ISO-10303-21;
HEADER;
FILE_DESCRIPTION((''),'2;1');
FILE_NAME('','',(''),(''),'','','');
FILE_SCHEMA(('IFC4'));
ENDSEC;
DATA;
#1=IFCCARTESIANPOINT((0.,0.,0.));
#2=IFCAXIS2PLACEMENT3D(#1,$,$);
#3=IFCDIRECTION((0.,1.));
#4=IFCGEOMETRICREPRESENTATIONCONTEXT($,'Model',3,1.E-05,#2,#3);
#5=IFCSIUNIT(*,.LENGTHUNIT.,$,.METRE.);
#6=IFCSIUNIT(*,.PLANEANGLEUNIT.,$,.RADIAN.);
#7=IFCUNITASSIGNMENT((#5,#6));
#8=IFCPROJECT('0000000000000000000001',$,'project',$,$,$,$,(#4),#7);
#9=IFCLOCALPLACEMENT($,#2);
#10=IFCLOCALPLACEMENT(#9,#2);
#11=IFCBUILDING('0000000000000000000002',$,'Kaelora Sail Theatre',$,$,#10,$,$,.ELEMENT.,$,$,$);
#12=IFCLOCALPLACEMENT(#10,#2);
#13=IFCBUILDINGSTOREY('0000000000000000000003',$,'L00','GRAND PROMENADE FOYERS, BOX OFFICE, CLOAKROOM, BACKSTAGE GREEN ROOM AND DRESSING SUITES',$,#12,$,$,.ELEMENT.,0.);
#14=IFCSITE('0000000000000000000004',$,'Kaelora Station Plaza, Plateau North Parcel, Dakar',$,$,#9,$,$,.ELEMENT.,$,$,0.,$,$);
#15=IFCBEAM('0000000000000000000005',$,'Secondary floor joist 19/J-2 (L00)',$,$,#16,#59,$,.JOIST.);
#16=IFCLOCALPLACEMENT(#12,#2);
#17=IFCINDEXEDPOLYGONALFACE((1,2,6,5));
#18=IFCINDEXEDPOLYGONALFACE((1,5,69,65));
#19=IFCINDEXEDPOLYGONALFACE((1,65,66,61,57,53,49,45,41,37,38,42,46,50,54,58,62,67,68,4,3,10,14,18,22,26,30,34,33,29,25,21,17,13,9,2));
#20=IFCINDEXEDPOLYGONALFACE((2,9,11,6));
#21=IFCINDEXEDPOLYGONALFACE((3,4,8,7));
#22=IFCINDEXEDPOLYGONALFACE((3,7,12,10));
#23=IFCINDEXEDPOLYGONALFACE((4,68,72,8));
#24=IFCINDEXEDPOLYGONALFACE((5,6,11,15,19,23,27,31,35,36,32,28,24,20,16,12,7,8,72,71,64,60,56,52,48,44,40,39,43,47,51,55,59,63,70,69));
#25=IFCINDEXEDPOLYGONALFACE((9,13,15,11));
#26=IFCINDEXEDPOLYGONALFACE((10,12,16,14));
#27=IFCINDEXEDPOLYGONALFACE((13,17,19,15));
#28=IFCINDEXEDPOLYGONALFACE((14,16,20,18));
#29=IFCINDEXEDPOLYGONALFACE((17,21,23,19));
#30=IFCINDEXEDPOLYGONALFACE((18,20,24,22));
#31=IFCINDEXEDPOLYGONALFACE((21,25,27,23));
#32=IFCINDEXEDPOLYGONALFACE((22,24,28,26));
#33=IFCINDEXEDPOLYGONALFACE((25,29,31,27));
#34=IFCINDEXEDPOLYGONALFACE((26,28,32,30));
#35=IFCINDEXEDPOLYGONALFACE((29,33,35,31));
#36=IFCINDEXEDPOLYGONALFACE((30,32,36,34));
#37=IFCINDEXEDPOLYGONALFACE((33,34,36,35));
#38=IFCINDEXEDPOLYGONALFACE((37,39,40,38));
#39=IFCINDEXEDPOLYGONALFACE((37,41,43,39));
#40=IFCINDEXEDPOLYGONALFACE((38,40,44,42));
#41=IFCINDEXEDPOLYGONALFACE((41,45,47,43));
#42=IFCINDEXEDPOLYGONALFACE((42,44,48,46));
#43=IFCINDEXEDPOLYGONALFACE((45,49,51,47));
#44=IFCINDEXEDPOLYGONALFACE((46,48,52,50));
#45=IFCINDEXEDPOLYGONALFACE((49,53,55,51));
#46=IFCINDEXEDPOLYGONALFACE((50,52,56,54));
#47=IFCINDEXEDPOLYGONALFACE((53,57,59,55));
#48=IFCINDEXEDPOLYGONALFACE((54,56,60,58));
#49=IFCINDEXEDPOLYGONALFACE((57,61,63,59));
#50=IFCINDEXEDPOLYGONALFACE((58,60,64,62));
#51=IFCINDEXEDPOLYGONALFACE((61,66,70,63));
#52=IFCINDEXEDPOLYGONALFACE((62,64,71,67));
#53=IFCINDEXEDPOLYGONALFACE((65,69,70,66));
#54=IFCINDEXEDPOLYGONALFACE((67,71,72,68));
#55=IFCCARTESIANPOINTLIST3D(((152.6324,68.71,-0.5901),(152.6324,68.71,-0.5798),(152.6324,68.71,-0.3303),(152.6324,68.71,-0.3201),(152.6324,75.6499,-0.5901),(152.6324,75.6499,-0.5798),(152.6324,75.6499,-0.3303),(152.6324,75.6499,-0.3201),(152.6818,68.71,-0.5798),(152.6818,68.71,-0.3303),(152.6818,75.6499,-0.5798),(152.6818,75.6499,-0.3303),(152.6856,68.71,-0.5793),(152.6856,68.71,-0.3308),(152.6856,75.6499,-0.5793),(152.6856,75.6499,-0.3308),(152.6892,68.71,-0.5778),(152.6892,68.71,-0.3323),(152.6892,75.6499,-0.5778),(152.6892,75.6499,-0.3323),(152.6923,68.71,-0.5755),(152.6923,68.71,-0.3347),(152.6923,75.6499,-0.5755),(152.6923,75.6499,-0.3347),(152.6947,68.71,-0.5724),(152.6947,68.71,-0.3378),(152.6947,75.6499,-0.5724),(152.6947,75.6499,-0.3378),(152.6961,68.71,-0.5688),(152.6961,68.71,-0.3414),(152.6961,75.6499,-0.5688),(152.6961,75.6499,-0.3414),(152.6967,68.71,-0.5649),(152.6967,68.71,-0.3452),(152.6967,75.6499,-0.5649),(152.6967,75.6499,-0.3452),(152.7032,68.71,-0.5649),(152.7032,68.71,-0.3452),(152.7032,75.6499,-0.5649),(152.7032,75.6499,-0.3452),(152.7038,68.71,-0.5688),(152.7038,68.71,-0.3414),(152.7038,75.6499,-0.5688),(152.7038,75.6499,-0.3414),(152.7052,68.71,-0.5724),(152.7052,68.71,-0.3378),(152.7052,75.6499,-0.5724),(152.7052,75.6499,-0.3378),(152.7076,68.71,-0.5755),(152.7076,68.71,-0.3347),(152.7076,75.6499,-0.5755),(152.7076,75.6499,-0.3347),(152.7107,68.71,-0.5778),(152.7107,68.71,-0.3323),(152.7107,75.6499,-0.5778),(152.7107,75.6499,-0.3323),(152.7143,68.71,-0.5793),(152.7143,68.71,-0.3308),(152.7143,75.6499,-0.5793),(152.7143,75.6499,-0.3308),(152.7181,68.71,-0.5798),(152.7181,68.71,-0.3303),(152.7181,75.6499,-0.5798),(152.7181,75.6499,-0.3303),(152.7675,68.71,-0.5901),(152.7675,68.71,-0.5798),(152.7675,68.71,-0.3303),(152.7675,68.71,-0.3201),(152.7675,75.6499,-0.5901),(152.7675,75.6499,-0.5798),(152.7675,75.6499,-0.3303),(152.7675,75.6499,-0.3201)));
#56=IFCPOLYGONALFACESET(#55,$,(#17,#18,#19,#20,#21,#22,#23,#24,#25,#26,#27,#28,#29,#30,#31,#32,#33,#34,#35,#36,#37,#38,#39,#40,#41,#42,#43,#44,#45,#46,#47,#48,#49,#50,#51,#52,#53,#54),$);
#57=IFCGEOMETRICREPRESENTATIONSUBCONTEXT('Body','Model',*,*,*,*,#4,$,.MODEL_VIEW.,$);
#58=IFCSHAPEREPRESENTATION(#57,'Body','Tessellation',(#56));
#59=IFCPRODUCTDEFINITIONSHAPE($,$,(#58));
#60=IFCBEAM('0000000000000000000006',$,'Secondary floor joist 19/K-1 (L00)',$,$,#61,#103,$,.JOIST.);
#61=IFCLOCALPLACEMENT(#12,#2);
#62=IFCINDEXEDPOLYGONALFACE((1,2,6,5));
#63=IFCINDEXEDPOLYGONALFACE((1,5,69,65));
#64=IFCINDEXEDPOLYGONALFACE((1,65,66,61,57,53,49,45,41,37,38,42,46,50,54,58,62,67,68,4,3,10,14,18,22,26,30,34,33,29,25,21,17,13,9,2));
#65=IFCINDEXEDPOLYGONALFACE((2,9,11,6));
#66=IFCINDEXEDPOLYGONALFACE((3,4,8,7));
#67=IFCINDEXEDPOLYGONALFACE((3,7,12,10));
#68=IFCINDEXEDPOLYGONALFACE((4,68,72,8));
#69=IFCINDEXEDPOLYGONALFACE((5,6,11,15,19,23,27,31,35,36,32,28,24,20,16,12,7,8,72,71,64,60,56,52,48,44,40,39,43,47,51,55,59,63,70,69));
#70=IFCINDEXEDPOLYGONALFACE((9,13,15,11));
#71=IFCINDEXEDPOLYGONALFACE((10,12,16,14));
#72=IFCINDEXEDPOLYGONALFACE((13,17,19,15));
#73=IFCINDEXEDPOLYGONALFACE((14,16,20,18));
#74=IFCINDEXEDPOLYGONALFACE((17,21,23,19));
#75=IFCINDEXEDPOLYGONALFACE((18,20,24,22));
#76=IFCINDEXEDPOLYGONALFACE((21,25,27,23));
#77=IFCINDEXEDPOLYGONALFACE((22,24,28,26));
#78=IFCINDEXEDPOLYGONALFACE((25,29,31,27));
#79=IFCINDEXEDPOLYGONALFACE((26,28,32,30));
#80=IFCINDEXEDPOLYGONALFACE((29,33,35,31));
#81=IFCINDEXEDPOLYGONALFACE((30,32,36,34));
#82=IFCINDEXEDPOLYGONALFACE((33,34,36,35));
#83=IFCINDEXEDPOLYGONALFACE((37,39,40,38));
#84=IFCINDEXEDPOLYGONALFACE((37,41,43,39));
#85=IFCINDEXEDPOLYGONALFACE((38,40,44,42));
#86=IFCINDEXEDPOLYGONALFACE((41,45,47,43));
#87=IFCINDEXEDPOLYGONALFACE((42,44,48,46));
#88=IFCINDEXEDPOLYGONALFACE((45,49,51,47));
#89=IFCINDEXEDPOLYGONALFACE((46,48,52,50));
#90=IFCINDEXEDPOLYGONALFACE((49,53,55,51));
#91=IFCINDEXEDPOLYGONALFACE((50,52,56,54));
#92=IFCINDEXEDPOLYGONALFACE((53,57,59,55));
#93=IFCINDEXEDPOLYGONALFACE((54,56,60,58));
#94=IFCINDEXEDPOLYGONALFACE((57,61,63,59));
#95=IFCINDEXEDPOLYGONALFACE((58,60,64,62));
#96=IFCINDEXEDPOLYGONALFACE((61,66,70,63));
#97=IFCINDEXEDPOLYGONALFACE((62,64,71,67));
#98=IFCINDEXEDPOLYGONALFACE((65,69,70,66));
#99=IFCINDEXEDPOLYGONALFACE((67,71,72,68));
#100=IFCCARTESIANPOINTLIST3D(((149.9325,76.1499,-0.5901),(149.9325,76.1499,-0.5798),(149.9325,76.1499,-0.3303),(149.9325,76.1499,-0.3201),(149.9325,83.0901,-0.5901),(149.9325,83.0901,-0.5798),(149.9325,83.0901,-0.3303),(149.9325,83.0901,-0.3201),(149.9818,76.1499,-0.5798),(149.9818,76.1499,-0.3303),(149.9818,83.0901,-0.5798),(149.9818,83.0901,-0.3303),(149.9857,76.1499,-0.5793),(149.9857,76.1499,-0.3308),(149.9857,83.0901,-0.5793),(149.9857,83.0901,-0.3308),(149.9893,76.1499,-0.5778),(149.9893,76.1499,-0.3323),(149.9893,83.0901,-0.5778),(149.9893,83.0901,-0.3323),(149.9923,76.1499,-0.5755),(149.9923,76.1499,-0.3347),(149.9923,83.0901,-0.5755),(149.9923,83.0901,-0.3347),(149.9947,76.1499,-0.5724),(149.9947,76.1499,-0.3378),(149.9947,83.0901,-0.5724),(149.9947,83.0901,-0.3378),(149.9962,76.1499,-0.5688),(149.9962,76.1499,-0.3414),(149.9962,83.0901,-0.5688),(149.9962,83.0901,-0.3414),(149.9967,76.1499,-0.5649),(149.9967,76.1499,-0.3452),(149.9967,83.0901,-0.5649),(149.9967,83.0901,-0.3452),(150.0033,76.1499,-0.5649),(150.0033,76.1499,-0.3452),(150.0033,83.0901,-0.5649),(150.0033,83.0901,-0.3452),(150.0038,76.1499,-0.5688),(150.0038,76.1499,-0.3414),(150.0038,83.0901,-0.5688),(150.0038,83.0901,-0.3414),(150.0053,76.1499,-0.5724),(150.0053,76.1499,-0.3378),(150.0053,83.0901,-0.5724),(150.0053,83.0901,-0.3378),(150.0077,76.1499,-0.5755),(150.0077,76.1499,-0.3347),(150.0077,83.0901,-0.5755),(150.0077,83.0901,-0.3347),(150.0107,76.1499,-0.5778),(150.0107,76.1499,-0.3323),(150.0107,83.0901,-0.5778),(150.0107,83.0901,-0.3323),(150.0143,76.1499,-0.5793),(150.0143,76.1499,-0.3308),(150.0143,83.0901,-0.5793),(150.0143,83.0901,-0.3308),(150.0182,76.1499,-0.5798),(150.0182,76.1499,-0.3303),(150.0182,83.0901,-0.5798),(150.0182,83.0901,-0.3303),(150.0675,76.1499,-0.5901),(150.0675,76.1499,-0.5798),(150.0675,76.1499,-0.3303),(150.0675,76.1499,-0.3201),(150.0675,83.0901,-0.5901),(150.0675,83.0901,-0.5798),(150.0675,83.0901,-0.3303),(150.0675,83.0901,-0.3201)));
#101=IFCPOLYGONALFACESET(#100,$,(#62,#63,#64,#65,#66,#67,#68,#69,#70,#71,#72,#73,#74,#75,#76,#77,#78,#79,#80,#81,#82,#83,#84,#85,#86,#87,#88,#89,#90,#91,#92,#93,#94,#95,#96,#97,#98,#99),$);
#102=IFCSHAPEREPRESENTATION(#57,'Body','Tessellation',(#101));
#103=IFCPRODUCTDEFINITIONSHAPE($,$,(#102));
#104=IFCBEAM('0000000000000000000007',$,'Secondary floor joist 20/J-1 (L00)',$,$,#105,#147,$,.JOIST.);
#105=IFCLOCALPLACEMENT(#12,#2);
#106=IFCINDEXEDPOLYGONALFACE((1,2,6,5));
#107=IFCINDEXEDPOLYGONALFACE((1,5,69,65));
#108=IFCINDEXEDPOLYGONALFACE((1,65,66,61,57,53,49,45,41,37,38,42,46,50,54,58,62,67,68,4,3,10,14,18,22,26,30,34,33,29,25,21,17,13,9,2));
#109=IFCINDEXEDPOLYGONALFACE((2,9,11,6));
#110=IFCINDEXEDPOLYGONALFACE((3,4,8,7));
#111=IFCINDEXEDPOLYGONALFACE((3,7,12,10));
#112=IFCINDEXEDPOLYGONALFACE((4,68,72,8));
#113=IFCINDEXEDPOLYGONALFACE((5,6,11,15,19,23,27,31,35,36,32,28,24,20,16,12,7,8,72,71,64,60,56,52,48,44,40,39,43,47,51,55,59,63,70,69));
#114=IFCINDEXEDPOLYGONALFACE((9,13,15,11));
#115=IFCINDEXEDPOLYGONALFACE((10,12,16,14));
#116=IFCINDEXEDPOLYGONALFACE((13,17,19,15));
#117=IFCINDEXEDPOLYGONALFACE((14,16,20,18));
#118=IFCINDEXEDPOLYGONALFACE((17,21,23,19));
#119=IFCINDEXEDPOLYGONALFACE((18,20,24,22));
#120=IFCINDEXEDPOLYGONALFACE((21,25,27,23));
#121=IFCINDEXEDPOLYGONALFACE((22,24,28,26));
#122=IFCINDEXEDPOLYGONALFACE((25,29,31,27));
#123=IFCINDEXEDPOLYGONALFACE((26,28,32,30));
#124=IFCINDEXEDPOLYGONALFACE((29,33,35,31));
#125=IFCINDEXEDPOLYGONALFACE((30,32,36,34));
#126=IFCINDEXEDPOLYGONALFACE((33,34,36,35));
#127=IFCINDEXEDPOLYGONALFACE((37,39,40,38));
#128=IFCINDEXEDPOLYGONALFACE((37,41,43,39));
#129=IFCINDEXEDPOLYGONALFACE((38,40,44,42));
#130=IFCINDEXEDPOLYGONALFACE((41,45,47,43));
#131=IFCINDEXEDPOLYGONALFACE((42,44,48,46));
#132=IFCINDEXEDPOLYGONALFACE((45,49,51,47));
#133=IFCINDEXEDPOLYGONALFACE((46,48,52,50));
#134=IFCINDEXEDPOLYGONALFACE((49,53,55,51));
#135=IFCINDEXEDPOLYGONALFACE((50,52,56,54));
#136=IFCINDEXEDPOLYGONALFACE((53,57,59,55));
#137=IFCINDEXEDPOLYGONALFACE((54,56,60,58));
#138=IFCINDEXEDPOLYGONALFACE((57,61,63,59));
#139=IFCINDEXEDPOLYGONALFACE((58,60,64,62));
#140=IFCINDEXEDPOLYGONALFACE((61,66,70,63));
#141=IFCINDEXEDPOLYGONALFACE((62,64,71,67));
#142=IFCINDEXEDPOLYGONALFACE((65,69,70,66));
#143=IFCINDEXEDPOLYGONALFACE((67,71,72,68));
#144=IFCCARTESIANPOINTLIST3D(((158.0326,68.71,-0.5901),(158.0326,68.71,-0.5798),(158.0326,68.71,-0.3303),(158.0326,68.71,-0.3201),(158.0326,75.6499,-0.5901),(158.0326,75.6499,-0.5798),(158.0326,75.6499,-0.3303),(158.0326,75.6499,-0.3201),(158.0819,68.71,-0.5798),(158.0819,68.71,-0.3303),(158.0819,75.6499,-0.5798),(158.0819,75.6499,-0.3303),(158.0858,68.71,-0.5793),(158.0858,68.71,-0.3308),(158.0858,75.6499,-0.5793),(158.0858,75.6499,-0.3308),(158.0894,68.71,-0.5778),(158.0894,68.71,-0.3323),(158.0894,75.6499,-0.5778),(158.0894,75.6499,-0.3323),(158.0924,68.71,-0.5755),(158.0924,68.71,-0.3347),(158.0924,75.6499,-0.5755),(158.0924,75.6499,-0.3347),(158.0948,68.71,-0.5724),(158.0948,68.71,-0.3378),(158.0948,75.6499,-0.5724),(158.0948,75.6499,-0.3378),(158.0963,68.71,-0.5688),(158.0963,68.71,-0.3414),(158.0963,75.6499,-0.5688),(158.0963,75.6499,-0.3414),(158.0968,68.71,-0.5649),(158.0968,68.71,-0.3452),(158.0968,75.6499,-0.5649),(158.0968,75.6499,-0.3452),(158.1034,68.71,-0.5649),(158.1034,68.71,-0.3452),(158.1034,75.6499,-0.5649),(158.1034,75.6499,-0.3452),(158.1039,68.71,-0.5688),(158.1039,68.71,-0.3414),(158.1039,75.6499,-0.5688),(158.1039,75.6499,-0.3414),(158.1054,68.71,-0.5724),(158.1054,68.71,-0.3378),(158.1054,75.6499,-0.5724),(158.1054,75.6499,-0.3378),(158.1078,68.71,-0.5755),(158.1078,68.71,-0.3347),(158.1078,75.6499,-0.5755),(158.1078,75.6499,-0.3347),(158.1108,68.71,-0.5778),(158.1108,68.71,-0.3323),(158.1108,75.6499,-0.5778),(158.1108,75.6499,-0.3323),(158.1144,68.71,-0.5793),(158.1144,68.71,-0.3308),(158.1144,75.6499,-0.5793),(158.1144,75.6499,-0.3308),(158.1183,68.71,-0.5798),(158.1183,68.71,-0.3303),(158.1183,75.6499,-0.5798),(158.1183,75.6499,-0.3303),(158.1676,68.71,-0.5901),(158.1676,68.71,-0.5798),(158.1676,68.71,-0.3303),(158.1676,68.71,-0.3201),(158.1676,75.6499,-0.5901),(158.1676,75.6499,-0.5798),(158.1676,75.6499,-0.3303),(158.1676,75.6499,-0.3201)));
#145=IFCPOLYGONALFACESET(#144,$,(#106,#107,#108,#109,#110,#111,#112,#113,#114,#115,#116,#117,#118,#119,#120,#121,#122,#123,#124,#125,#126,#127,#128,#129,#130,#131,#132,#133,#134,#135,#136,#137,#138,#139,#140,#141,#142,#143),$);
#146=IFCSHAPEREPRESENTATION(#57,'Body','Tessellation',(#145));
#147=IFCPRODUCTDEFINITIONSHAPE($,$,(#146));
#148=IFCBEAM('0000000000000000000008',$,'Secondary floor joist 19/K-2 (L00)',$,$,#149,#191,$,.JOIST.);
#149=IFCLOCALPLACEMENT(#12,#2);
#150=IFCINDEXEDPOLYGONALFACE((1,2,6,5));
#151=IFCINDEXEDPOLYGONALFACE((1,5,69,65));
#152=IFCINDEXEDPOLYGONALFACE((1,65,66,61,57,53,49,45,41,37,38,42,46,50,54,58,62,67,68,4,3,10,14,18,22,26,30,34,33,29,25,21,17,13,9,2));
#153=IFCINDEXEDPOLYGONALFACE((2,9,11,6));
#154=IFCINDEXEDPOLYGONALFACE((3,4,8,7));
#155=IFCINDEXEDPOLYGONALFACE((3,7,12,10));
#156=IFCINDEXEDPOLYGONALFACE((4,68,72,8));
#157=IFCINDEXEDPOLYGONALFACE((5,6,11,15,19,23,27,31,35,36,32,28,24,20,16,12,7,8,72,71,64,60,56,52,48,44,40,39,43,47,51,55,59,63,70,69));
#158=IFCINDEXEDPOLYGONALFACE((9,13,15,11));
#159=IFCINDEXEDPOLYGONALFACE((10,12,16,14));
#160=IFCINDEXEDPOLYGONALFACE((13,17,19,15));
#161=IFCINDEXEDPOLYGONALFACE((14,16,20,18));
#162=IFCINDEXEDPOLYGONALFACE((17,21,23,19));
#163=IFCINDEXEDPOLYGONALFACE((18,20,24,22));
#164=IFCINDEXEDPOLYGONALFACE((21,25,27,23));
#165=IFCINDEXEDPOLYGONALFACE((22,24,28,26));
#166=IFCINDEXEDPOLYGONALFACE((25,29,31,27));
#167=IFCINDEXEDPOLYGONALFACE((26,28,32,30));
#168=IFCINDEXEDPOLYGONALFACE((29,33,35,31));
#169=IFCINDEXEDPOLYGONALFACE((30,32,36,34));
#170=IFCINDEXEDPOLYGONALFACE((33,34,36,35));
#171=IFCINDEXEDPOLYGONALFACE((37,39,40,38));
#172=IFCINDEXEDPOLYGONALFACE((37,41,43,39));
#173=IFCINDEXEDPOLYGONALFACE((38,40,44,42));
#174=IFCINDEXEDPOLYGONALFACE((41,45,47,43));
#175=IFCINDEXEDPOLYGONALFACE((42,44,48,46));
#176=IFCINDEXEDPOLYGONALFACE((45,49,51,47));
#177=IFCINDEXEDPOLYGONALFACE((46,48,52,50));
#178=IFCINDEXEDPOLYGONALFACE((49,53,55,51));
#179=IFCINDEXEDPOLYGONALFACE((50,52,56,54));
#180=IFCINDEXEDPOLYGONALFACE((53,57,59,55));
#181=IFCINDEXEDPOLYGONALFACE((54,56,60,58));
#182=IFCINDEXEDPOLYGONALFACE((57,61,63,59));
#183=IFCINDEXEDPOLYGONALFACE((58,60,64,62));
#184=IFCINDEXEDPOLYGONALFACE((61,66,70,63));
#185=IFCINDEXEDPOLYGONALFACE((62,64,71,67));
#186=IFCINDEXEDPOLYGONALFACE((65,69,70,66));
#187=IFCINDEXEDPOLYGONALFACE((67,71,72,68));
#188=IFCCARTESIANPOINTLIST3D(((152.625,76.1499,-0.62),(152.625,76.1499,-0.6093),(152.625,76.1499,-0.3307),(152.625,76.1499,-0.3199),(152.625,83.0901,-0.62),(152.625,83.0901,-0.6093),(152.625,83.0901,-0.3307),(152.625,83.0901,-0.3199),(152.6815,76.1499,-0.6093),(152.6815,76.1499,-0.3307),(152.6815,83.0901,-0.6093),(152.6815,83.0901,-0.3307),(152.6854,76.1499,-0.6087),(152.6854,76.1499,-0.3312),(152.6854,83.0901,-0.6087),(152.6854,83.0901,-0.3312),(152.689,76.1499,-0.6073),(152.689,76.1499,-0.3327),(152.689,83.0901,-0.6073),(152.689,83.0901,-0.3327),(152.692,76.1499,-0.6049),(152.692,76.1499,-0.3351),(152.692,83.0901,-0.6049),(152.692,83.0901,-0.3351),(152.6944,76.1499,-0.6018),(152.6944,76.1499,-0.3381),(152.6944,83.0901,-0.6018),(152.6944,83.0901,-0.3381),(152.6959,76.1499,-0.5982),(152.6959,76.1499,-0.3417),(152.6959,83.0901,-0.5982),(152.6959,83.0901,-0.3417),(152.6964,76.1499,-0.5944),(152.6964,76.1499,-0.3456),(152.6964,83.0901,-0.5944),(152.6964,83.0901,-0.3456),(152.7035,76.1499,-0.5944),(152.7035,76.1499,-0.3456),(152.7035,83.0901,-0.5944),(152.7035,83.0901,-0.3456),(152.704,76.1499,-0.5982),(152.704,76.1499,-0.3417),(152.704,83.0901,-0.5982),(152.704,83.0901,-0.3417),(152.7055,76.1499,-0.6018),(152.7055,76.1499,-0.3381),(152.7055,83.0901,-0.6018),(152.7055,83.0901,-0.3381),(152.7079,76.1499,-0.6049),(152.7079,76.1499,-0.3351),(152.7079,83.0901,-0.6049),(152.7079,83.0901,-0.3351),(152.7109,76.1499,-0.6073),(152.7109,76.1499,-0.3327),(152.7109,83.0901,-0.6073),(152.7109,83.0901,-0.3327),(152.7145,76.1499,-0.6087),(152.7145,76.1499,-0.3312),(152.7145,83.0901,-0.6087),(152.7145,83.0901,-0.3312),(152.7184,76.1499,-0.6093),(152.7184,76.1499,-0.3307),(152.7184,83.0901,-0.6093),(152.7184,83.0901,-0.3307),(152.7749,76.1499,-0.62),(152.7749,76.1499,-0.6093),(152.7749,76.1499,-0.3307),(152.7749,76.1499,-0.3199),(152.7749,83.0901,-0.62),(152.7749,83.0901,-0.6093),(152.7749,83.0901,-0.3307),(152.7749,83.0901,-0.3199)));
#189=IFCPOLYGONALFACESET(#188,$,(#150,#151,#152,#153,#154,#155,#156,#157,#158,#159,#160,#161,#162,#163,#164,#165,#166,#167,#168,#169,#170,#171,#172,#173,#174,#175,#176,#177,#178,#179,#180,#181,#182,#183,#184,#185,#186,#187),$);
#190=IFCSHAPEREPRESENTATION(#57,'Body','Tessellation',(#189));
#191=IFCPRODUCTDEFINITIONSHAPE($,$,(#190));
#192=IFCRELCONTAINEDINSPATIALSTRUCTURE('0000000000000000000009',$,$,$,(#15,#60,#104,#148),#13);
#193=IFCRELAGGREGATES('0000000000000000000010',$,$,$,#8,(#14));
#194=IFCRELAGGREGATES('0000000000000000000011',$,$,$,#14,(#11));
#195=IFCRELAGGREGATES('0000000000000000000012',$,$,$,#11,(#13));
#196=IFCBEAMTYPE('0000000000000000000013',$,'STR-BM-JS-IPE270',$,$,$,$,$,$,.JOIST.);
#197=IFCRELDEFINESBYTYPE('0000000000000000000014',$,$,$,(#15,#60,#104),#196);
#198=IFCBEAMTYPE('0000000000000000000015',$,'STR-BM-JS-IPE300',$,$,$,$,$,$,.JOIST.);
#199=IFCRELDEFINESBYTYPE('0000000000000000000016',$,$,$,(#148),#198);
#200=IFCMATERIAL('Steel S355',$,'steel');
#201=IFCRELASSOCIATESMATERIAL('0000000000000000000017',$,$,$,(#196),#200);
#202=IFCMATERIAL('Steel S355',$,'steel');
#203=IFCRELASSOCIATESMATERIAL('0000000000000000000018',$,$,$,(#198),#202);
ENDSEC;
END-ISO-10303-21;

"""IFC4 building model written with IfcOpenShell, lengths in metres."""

from ifc_helpers import new_model, si_unit, direction, frame, origin, origin_2d, place, context, subcontext, project, spatial, i_section, extrude, material, material_profile, profile_set, type_object, element, save


model = new_model("IFC4")

# Units and contexts
model_context = context("Model", 3, precision=1e-05, world=origin(), true_north=direction((0.0, 1.0)))
body_context = subcontext(model_context, "Body", "Model", "MODEL_VIEW")
ifc_project = project(units=[si_unit("LENGTHUNIT", "METRE"), si_unit("PLANEANGLEUNIT", "RADIAN")], contexts=[model_context])

# Site, building, storey
site_placement = place(None, origin())
site = spatial("IfcSite", under=ifc_project, at=site_placement, Name="Kaelora Station Plaza, Plateau North Parcel, Dakar", CompositionType="ELEMENT", RefElevation=0.0)
building_placement = place(site_placement, origin())
building = spatial("IfcBuilding", under=site, at=building_placement, Name="Kaelora Sail Theatre", CompositionType="ELEMENT")
storey_placement = place(building_placement, origin())
storey = spatial("IfcBuildingStorey", under=building, at=storey_placement, Name="L00", Description="GRAND PROMENADE FOYERS, BOX OFFICE, CLOAKROOM, BACKSTAGE GREEN ROOM AND DRESSING SUITES", CompositionType="ELEMENT", Elevation=0.0)

# Beams
ifc_material_1 = material(Name="Steel S355", Category="steel")
ifc_material_profile_1 = material_profile(ifc_material_1, i_section(OverallWidth=0.135, OverallDepth=0.27, WebThickness=0.0066, FlangeThickness=0.0103, FilletRadius=0.0149, at=origin_2d()), Name="IPE 270")
ifc_profile_set_1 = profile_set([ifc_material_profile_1], Name="Steel S355")
beam_type_1 = type_object("IfcBeamType", Name="STR-BM-JS-IPE270", PredefinedType="JOIST", material=ifc_profile_set_1)
beam_1_placement = place(storey_placement, frame((152.7, 68.71, -0.4551), z_axis=(0.0, 1.0, 0.0), x_axis=(-1.0, 0.0, 0.0)))
element("IfcBeam", 1, at=beam_1_placement, inside=storey, type_object=beam_type_1, Name="Secondary floor joist 19/J-2 (L00)", PredefinedType="JOIST", context=body_context, shape_type="SweptSolid", body=[
    extrude(i_section(OverallWidth=0.135, OverallDepth=0.27, WebThickness=0.0066, FlangeThickness=0.0103, FilletRadius=0.0149, at=origin_2d()), origin(), (0.0, 0.0, 1.0), 6.9399),
])
beam_2_placement = place(storey_placement, frame((150.0, 76.1499, -0.4551), z_axis=(0.0, 1.0, 0.0), x_axis=(-1.0, 0.0, 0.0)))
element("IfcBeam", 2, at=beam_2_placement, inside=storey, type_object=beam_type_1, Name="Secondary floor joist 19/K-1 (L00)", PredefinedType="JOIST", context=body_context, shape_type="SweptSolid", body=[
    extrude(i_section(OverallWidth=0.135, OverallDepth=0.27, WebThickness=0.0066, FlangeThickness=0.0103, FilletRadius=0.0149, at=origin_2d()), origin(), (0.0, 0.0, 1.0), 6.9402),
])
beam_3_placement = place(storey_placement, frame((158.1001, 68.71, -0.4551), z_axis=(0.0, 1.0, 0.0), x_axis=(-1.0, 0.0, 0.0)))
element("IfcBeam", 3, at=beam_3_placement, inside=storey, type_object=beam_type_1, Name="Secondary floor joist 20/J-1 (L00)", PredefinedType="JOIST", context=body_context, shape_type="SweptSolid", body=[
    extrude(i_section(OverallWidth=0.135, OverallDepth=0.27, WebThickness=0.0066, FlangeThickness=0.0103, FilletRadius=0.0149, at=origin_2d()), origin(), (0.0, 0.0, 1.0), 6.9399),
])
ifc_material_2 = material(Name="Steel S355", Category="steel")
ifc_material_profile_2 = material_profile(ifc_material_2, i_section(OverallWidth=0.1499, OverallDepth=0.3, WebThickness=0.0071, FlangeThickness=0.0107, FilletRadius=0.0149, at=origin_2d()), Name="IPE 300")
ifc_profile_set_2 = profile_set([ifc_material_profile_2], Name="Steel S355")
beam_type_2 = type_object("IfcBeamType", Name="STR-BM-JS-IPE300", PredefinedType="JOIST", material=ifc_profile_set_2)
beam_4_placement = place(storey_placement, frame((152.7, 76.1499, -0.47), z_axis=(0.0, 1.0, 0.0), x_axis=(-1.0, 0.0, 0.0)))
element("IfcBeam", 4, at=beam_4_placement, inside=storey, type_object=beam_type_2, Name="Secondary floor joist 19/K-2 (L00)", PredefinedType="JOIST", context=body_context, shape_type="SweptSolid", body=[
    extrude(i_section(OverallWidth=0.1499, OverallDepth=0.3, WebThickness=0.0071, FlangeThickness=0.0107, FilletRadius=0.0149, at=origin_2d()), origin(), (0.0, 0.0, 1.0), 6.9402),
])

save(model, "model.ifc")
